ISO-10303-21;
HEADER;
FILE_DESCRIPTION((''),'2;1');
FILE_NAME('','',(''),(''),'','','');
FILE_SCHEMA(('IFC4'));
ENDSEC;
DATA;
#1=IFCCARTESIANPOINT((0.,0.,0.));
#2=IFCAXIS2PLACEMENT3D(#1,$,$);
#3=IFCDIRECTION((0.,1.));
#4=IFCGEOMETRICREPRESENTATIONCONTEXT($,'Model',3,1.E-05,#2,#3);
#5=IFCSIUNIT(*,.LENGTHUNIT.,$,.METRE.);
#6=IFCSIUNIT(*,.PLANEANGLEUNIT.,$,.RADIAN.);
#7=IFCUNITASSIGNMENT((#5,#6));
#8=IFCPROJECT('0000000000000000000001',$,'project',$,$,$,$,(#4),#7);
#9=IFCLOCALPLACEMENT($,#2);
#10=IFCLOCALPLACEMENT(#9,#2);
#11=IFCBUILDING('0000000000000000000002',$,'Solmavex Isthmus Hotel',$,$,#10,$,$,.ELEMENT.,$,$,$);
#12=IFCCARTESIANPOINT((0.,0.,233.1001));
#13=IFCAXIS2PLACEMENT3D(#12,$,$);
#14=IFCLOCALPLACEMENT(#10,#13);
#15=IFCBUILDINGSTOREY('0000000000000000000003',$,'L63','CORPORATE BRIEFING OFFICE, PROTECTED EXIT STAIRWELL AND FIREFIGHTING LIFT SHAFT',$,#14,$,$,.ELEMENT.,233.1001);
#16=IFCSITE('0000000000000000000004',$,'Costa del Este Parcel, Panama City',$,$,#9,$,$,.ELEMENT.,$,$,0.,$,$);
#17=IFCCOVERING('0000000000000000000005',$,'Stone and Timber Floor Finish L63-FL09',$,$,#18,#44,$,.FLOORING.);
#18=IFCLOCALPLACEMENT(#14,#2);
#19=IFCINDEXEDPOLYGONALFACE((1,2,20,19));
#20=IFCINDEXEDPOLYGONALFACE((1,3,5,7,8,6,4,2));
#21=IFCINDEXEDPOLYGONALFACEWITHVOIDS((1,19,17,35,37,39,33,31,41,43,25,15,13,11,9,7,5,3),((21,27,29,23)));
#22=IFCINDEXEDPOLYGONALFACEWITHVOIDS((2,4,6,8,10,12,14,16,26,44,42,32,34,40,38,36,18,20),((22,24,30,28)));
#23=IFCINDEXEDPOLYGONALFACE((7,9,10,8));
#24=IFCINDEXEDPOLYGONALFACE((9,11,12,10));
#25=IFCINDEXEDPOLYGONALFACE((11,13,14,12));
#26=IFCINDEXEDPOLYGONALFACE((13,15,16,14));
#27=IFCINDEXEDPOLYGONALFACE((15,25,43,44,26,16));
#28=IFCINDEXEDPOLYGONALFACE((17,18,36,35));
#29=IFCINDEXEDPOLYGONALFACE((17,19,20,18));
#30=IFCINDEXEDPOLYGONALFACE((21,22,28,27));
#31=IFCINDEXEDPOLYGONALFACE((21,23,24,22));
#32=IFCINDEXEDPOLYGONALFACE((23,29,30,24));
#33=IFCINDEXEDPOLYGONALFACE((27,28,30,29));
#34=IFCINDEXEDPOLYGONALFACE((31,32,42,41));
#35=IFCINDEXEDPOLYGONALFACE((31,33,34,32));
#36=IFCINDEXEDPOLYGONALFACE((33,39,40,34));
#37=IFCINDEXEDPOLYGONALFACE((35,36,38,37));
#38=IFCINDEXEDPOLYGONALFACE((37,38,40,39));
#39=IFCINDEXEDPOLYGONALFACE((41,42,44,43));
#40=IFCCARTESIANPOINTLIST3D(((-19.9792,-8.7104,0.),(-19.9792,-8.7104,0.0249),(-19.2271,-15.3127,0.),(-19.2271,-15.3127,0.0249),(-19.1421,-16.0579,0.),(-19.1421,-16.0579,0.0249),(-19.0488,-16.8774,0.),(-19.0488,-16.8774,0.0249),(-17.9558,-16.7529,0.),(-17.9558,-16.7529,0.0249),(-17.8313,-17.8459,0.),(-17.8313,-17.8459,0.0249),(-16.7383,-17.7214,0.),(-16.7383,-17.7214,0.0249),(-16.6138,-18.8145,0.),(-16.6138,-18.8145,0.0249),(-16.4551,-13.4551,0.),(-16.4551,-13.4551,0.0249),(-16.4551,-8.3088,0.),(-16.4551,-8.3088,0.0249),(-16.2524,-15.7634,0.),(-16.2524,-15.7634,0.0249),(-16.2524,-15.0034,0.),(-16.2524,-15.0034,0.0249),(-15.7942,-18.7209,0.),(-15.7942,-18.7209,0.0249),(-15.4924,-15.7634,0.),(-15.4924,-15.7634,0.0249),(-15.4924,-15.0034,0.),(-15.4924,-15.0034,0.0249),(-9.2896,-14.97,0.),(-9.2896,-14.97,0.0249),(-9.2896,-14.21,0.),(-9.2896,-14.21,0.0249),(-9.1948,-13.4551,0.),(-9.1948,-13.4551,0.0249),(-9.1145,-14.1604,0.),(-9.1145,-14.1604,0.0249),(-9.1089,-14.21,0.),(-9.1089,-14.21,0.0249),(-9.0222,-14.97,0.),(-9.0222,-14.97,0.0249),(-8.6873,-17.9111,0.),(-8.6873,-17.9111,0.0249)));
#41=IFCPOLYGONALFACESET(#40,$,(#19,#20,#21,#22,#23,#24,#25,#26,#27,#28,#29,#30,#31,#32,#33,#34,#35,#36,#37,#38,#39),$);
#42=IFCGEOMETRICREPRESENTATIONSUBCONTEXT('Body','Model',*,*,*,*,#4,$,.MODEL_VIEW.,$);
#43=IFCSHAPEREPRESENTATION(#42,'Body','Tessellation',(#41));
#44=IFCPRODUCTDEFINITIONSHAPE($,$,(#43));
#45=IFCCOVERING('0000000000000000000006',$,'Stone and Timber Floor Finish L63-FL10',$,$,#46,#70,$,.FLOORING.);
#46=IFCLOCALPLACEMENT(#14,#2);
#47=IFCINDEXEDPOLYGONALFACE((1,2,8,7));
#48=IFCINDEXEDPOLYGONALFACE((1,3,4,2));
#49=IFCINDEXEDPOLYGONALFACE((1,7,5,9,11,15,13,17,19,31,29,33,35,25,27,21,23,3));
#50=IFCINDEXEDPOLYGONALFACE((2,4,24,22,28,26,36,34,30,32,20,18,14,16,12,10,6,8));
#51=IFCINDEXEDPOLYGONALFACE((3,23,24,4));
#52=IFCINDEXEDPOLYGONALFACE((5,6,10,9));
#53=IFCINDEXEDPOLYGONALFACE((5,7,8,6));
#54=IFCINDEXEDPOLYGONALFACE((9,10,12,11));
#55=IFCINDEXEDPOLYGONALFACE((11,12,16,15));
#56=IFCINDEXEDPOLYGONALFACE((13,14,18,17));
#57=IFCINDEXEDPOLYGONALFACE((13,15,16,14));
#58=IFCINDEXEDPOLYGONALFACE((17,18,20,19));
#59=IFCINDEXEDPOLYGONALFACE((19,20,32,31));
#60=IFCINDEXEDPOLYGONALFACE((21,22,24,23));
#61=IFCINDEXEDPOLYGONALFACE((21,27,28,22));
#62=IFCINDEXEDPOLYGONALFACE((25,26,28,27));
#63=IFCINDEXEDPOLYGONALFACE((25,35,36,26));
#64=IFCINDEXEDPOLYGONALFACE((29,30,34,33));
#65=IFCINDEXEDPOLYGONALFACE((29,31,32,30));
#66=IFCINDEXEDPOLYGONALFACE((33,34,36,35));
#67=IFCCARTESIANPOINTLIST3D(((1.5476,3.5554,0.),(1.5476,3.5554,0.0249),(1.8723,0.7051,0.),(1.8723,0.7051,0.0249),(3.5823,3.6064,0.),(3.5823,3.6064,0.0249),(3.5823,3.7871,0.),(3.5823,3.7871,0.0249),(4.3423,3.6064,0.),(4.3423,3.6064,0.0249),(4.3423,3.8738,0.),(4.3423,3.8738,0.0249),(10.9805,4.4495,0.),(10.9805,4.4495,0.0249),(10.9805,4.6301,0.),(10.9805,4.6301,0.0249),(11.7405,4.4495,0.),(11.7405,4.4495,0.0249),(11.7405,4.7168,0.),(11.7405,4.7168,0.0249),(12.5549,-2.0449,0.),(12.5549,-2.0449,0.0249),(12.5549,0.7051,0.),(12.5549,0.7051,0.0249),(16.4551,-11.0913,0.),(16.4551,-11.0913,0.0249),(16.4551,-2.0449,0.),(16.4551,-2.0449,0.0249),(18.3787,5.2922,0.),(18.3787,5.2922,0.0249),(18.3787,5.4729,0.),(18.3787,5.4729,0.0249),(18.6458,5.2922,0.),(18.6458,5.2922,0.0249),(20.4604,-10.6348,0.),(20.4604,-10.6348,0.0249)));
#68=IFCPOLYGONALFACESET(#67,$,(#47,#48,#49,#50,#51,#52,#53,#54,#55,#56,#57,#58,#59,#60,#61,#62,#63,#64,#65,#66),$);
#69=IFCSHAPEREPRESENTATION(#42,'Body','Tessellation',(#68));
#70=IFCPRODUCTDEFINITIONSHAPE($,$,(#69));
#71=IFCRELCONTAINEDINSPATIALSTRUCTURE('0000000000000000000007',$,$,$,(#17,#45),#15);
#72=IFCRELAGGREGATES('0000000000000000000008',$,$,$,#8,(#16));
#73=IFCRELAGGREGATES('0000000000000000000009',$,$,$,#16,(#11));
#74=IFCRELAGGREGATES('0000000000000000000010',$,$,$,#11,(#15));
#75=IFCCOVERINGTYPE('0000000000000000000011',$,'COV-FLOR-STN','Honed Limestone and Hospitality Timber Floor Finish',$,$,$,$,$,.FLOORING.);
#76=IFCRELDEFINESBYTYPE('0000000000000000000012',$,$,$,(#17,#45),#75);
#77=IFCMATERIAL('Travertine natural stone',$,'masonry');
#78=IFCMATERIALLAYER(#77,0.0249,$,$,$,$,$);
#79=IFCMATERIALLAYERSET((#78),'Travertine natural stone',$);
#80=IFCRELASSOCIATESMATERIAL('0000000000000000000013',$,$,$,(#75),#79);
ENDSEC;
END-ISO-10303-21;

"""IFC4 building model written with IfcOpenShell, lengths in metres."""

from ifc_helpers import new_model, si_unit, direction, frame, origin, place, context, subcontext, project, spatial, polyline, outline, extrude, material, layer, layer_set, type_object, element, save


model = new_model("IFC4")

# Units and contexts
model_context = context("Model", 3, precision=1e-05, world=origin(), true_north=direction((0.0, 1.0)))
body_context = subcontext(model_context, "Body", "Model", "MODEL_VIEW")
ifc_project = project(units=[si_unit("LENGTHUNIT", "METRE"), si_unit("PLANEANGLEUNIT", "RADIAN")], contexts=[model_context])

# Site, building, storey
site_placement = place(None, origin())
site = spatial("IfcSite", under=ifc_project, at=site_placement, Name="Costa del Este Parcel, Panama City", CompositionType="ELEMENT", RefElevation=0.0)
building_placement = place(site_placement, origin())
building = spatial("IfcBuilding", under=site, at=building_placement, Name="Solmavex Isthmus Hotel", CompositionType="ELEMENT")
storey_placement = place(building_placement, frame((0.0, 0.0, 233.1001)))
storey = spatial("IfcBuildingStorey", under=building, at=storey_placement, Name="L63", Description="CORPORATE BRIEFING OFFICE, PROTECTED EXIT STAIRWELL AND FIREFIGHTING LIFT SHAFT", CompositionType="ELEMENT", Elevation=233.1001)

# Coverings
ifc_material_1 = material(Name="Travertine natural stone", Category="masonry")
ifc_layer_1 = layer(ifc_material_1, 0.0249)
ifc_layer_set_1 = layer_set([ifc_layer_1], Name="Travertine natural stone")
covering_type_1 = type_object("IfcCoveringType", Name="COV-FLOR-STN", Description="Honed Limestone and Hospitality Timber Floor Finish", PredefinedType="FLOORING", material=ifc_layer_set_1)
covering_1_placement = place(storey_placement, origin())
element("IfcCovering", 1, at=covering_1_placement, inside=storey, type_object=covering_type_1, Name="Stone and Timber Floor Finish L63-FL09", PredefinedType="FLOORING", context=body_context, shape_type="SweptSolid", body=[
    extrude(outline(polyline([(-9.0222, -14.97), (-9.2896, -14.97), (-9.2896, -14.21), (-9.1089, -14.21), (-9.1145, -14.1604), (-9.1948, -13.4551), (-16.4551, -13.4551), (-16.4551, -8.3088), (-19.9792, -8.7104), (-19.2271, -15.3127), (-19.1421, -16.0579), (-19.0488, -16.8774), (-17.9558, -16.7529), (-17.8313, -17.8459), (-16.7383, -17.7214), (-16.6138, -18.8145), (-15.7942, -18.7209), (-8.6873, -17.9111), (-9.0222, -14.97)]), holes=[polyline([(-16.2524, -15.7634), (-16.2524, -15.0034), (-15.4924, -15.0034), (-15.4924, -15.7634), (-16.2524, -15.7634)])]), origin(), (0.0, 0.0, 1.0), 0.0249),
])
covering_2_placement = place(storey_placement, origin())
element("IfcCovering", 2, at=covering_2_placement, inside=storey, type_object=covering_type_1, Name="Stone and Timber Floor Finish L63-FL10", PredefinedType="FLOORING", context=body_context, shape_type="SweptSolid", body=[
    extrude(outline(polyline([(4.3423, 3.8738), (4.3423, 3.6064), (3.5823, 3.6064), (3.5823, 3.7871), (1.5476, 3.5554), (1.8723, 0.7051), (12.5549, 0.7051), (12.5549, -2.0449), (16.4551, -2.0449), (16.4551, -11.0913), (20.4604, -10.6348), (18.6458, 5.2922), (18.3787, 5.2922), (18.3787, 5.4729), (11.7405, 4.7168), (11.7405, 4.4495), (10.9805, 4.4495), (10.9805, 4.6301), (4.3423, 3.8738)])), origin(), (0.0, 0.0, 1.0), 0.0249),
])

save(model, "model.ifc")
